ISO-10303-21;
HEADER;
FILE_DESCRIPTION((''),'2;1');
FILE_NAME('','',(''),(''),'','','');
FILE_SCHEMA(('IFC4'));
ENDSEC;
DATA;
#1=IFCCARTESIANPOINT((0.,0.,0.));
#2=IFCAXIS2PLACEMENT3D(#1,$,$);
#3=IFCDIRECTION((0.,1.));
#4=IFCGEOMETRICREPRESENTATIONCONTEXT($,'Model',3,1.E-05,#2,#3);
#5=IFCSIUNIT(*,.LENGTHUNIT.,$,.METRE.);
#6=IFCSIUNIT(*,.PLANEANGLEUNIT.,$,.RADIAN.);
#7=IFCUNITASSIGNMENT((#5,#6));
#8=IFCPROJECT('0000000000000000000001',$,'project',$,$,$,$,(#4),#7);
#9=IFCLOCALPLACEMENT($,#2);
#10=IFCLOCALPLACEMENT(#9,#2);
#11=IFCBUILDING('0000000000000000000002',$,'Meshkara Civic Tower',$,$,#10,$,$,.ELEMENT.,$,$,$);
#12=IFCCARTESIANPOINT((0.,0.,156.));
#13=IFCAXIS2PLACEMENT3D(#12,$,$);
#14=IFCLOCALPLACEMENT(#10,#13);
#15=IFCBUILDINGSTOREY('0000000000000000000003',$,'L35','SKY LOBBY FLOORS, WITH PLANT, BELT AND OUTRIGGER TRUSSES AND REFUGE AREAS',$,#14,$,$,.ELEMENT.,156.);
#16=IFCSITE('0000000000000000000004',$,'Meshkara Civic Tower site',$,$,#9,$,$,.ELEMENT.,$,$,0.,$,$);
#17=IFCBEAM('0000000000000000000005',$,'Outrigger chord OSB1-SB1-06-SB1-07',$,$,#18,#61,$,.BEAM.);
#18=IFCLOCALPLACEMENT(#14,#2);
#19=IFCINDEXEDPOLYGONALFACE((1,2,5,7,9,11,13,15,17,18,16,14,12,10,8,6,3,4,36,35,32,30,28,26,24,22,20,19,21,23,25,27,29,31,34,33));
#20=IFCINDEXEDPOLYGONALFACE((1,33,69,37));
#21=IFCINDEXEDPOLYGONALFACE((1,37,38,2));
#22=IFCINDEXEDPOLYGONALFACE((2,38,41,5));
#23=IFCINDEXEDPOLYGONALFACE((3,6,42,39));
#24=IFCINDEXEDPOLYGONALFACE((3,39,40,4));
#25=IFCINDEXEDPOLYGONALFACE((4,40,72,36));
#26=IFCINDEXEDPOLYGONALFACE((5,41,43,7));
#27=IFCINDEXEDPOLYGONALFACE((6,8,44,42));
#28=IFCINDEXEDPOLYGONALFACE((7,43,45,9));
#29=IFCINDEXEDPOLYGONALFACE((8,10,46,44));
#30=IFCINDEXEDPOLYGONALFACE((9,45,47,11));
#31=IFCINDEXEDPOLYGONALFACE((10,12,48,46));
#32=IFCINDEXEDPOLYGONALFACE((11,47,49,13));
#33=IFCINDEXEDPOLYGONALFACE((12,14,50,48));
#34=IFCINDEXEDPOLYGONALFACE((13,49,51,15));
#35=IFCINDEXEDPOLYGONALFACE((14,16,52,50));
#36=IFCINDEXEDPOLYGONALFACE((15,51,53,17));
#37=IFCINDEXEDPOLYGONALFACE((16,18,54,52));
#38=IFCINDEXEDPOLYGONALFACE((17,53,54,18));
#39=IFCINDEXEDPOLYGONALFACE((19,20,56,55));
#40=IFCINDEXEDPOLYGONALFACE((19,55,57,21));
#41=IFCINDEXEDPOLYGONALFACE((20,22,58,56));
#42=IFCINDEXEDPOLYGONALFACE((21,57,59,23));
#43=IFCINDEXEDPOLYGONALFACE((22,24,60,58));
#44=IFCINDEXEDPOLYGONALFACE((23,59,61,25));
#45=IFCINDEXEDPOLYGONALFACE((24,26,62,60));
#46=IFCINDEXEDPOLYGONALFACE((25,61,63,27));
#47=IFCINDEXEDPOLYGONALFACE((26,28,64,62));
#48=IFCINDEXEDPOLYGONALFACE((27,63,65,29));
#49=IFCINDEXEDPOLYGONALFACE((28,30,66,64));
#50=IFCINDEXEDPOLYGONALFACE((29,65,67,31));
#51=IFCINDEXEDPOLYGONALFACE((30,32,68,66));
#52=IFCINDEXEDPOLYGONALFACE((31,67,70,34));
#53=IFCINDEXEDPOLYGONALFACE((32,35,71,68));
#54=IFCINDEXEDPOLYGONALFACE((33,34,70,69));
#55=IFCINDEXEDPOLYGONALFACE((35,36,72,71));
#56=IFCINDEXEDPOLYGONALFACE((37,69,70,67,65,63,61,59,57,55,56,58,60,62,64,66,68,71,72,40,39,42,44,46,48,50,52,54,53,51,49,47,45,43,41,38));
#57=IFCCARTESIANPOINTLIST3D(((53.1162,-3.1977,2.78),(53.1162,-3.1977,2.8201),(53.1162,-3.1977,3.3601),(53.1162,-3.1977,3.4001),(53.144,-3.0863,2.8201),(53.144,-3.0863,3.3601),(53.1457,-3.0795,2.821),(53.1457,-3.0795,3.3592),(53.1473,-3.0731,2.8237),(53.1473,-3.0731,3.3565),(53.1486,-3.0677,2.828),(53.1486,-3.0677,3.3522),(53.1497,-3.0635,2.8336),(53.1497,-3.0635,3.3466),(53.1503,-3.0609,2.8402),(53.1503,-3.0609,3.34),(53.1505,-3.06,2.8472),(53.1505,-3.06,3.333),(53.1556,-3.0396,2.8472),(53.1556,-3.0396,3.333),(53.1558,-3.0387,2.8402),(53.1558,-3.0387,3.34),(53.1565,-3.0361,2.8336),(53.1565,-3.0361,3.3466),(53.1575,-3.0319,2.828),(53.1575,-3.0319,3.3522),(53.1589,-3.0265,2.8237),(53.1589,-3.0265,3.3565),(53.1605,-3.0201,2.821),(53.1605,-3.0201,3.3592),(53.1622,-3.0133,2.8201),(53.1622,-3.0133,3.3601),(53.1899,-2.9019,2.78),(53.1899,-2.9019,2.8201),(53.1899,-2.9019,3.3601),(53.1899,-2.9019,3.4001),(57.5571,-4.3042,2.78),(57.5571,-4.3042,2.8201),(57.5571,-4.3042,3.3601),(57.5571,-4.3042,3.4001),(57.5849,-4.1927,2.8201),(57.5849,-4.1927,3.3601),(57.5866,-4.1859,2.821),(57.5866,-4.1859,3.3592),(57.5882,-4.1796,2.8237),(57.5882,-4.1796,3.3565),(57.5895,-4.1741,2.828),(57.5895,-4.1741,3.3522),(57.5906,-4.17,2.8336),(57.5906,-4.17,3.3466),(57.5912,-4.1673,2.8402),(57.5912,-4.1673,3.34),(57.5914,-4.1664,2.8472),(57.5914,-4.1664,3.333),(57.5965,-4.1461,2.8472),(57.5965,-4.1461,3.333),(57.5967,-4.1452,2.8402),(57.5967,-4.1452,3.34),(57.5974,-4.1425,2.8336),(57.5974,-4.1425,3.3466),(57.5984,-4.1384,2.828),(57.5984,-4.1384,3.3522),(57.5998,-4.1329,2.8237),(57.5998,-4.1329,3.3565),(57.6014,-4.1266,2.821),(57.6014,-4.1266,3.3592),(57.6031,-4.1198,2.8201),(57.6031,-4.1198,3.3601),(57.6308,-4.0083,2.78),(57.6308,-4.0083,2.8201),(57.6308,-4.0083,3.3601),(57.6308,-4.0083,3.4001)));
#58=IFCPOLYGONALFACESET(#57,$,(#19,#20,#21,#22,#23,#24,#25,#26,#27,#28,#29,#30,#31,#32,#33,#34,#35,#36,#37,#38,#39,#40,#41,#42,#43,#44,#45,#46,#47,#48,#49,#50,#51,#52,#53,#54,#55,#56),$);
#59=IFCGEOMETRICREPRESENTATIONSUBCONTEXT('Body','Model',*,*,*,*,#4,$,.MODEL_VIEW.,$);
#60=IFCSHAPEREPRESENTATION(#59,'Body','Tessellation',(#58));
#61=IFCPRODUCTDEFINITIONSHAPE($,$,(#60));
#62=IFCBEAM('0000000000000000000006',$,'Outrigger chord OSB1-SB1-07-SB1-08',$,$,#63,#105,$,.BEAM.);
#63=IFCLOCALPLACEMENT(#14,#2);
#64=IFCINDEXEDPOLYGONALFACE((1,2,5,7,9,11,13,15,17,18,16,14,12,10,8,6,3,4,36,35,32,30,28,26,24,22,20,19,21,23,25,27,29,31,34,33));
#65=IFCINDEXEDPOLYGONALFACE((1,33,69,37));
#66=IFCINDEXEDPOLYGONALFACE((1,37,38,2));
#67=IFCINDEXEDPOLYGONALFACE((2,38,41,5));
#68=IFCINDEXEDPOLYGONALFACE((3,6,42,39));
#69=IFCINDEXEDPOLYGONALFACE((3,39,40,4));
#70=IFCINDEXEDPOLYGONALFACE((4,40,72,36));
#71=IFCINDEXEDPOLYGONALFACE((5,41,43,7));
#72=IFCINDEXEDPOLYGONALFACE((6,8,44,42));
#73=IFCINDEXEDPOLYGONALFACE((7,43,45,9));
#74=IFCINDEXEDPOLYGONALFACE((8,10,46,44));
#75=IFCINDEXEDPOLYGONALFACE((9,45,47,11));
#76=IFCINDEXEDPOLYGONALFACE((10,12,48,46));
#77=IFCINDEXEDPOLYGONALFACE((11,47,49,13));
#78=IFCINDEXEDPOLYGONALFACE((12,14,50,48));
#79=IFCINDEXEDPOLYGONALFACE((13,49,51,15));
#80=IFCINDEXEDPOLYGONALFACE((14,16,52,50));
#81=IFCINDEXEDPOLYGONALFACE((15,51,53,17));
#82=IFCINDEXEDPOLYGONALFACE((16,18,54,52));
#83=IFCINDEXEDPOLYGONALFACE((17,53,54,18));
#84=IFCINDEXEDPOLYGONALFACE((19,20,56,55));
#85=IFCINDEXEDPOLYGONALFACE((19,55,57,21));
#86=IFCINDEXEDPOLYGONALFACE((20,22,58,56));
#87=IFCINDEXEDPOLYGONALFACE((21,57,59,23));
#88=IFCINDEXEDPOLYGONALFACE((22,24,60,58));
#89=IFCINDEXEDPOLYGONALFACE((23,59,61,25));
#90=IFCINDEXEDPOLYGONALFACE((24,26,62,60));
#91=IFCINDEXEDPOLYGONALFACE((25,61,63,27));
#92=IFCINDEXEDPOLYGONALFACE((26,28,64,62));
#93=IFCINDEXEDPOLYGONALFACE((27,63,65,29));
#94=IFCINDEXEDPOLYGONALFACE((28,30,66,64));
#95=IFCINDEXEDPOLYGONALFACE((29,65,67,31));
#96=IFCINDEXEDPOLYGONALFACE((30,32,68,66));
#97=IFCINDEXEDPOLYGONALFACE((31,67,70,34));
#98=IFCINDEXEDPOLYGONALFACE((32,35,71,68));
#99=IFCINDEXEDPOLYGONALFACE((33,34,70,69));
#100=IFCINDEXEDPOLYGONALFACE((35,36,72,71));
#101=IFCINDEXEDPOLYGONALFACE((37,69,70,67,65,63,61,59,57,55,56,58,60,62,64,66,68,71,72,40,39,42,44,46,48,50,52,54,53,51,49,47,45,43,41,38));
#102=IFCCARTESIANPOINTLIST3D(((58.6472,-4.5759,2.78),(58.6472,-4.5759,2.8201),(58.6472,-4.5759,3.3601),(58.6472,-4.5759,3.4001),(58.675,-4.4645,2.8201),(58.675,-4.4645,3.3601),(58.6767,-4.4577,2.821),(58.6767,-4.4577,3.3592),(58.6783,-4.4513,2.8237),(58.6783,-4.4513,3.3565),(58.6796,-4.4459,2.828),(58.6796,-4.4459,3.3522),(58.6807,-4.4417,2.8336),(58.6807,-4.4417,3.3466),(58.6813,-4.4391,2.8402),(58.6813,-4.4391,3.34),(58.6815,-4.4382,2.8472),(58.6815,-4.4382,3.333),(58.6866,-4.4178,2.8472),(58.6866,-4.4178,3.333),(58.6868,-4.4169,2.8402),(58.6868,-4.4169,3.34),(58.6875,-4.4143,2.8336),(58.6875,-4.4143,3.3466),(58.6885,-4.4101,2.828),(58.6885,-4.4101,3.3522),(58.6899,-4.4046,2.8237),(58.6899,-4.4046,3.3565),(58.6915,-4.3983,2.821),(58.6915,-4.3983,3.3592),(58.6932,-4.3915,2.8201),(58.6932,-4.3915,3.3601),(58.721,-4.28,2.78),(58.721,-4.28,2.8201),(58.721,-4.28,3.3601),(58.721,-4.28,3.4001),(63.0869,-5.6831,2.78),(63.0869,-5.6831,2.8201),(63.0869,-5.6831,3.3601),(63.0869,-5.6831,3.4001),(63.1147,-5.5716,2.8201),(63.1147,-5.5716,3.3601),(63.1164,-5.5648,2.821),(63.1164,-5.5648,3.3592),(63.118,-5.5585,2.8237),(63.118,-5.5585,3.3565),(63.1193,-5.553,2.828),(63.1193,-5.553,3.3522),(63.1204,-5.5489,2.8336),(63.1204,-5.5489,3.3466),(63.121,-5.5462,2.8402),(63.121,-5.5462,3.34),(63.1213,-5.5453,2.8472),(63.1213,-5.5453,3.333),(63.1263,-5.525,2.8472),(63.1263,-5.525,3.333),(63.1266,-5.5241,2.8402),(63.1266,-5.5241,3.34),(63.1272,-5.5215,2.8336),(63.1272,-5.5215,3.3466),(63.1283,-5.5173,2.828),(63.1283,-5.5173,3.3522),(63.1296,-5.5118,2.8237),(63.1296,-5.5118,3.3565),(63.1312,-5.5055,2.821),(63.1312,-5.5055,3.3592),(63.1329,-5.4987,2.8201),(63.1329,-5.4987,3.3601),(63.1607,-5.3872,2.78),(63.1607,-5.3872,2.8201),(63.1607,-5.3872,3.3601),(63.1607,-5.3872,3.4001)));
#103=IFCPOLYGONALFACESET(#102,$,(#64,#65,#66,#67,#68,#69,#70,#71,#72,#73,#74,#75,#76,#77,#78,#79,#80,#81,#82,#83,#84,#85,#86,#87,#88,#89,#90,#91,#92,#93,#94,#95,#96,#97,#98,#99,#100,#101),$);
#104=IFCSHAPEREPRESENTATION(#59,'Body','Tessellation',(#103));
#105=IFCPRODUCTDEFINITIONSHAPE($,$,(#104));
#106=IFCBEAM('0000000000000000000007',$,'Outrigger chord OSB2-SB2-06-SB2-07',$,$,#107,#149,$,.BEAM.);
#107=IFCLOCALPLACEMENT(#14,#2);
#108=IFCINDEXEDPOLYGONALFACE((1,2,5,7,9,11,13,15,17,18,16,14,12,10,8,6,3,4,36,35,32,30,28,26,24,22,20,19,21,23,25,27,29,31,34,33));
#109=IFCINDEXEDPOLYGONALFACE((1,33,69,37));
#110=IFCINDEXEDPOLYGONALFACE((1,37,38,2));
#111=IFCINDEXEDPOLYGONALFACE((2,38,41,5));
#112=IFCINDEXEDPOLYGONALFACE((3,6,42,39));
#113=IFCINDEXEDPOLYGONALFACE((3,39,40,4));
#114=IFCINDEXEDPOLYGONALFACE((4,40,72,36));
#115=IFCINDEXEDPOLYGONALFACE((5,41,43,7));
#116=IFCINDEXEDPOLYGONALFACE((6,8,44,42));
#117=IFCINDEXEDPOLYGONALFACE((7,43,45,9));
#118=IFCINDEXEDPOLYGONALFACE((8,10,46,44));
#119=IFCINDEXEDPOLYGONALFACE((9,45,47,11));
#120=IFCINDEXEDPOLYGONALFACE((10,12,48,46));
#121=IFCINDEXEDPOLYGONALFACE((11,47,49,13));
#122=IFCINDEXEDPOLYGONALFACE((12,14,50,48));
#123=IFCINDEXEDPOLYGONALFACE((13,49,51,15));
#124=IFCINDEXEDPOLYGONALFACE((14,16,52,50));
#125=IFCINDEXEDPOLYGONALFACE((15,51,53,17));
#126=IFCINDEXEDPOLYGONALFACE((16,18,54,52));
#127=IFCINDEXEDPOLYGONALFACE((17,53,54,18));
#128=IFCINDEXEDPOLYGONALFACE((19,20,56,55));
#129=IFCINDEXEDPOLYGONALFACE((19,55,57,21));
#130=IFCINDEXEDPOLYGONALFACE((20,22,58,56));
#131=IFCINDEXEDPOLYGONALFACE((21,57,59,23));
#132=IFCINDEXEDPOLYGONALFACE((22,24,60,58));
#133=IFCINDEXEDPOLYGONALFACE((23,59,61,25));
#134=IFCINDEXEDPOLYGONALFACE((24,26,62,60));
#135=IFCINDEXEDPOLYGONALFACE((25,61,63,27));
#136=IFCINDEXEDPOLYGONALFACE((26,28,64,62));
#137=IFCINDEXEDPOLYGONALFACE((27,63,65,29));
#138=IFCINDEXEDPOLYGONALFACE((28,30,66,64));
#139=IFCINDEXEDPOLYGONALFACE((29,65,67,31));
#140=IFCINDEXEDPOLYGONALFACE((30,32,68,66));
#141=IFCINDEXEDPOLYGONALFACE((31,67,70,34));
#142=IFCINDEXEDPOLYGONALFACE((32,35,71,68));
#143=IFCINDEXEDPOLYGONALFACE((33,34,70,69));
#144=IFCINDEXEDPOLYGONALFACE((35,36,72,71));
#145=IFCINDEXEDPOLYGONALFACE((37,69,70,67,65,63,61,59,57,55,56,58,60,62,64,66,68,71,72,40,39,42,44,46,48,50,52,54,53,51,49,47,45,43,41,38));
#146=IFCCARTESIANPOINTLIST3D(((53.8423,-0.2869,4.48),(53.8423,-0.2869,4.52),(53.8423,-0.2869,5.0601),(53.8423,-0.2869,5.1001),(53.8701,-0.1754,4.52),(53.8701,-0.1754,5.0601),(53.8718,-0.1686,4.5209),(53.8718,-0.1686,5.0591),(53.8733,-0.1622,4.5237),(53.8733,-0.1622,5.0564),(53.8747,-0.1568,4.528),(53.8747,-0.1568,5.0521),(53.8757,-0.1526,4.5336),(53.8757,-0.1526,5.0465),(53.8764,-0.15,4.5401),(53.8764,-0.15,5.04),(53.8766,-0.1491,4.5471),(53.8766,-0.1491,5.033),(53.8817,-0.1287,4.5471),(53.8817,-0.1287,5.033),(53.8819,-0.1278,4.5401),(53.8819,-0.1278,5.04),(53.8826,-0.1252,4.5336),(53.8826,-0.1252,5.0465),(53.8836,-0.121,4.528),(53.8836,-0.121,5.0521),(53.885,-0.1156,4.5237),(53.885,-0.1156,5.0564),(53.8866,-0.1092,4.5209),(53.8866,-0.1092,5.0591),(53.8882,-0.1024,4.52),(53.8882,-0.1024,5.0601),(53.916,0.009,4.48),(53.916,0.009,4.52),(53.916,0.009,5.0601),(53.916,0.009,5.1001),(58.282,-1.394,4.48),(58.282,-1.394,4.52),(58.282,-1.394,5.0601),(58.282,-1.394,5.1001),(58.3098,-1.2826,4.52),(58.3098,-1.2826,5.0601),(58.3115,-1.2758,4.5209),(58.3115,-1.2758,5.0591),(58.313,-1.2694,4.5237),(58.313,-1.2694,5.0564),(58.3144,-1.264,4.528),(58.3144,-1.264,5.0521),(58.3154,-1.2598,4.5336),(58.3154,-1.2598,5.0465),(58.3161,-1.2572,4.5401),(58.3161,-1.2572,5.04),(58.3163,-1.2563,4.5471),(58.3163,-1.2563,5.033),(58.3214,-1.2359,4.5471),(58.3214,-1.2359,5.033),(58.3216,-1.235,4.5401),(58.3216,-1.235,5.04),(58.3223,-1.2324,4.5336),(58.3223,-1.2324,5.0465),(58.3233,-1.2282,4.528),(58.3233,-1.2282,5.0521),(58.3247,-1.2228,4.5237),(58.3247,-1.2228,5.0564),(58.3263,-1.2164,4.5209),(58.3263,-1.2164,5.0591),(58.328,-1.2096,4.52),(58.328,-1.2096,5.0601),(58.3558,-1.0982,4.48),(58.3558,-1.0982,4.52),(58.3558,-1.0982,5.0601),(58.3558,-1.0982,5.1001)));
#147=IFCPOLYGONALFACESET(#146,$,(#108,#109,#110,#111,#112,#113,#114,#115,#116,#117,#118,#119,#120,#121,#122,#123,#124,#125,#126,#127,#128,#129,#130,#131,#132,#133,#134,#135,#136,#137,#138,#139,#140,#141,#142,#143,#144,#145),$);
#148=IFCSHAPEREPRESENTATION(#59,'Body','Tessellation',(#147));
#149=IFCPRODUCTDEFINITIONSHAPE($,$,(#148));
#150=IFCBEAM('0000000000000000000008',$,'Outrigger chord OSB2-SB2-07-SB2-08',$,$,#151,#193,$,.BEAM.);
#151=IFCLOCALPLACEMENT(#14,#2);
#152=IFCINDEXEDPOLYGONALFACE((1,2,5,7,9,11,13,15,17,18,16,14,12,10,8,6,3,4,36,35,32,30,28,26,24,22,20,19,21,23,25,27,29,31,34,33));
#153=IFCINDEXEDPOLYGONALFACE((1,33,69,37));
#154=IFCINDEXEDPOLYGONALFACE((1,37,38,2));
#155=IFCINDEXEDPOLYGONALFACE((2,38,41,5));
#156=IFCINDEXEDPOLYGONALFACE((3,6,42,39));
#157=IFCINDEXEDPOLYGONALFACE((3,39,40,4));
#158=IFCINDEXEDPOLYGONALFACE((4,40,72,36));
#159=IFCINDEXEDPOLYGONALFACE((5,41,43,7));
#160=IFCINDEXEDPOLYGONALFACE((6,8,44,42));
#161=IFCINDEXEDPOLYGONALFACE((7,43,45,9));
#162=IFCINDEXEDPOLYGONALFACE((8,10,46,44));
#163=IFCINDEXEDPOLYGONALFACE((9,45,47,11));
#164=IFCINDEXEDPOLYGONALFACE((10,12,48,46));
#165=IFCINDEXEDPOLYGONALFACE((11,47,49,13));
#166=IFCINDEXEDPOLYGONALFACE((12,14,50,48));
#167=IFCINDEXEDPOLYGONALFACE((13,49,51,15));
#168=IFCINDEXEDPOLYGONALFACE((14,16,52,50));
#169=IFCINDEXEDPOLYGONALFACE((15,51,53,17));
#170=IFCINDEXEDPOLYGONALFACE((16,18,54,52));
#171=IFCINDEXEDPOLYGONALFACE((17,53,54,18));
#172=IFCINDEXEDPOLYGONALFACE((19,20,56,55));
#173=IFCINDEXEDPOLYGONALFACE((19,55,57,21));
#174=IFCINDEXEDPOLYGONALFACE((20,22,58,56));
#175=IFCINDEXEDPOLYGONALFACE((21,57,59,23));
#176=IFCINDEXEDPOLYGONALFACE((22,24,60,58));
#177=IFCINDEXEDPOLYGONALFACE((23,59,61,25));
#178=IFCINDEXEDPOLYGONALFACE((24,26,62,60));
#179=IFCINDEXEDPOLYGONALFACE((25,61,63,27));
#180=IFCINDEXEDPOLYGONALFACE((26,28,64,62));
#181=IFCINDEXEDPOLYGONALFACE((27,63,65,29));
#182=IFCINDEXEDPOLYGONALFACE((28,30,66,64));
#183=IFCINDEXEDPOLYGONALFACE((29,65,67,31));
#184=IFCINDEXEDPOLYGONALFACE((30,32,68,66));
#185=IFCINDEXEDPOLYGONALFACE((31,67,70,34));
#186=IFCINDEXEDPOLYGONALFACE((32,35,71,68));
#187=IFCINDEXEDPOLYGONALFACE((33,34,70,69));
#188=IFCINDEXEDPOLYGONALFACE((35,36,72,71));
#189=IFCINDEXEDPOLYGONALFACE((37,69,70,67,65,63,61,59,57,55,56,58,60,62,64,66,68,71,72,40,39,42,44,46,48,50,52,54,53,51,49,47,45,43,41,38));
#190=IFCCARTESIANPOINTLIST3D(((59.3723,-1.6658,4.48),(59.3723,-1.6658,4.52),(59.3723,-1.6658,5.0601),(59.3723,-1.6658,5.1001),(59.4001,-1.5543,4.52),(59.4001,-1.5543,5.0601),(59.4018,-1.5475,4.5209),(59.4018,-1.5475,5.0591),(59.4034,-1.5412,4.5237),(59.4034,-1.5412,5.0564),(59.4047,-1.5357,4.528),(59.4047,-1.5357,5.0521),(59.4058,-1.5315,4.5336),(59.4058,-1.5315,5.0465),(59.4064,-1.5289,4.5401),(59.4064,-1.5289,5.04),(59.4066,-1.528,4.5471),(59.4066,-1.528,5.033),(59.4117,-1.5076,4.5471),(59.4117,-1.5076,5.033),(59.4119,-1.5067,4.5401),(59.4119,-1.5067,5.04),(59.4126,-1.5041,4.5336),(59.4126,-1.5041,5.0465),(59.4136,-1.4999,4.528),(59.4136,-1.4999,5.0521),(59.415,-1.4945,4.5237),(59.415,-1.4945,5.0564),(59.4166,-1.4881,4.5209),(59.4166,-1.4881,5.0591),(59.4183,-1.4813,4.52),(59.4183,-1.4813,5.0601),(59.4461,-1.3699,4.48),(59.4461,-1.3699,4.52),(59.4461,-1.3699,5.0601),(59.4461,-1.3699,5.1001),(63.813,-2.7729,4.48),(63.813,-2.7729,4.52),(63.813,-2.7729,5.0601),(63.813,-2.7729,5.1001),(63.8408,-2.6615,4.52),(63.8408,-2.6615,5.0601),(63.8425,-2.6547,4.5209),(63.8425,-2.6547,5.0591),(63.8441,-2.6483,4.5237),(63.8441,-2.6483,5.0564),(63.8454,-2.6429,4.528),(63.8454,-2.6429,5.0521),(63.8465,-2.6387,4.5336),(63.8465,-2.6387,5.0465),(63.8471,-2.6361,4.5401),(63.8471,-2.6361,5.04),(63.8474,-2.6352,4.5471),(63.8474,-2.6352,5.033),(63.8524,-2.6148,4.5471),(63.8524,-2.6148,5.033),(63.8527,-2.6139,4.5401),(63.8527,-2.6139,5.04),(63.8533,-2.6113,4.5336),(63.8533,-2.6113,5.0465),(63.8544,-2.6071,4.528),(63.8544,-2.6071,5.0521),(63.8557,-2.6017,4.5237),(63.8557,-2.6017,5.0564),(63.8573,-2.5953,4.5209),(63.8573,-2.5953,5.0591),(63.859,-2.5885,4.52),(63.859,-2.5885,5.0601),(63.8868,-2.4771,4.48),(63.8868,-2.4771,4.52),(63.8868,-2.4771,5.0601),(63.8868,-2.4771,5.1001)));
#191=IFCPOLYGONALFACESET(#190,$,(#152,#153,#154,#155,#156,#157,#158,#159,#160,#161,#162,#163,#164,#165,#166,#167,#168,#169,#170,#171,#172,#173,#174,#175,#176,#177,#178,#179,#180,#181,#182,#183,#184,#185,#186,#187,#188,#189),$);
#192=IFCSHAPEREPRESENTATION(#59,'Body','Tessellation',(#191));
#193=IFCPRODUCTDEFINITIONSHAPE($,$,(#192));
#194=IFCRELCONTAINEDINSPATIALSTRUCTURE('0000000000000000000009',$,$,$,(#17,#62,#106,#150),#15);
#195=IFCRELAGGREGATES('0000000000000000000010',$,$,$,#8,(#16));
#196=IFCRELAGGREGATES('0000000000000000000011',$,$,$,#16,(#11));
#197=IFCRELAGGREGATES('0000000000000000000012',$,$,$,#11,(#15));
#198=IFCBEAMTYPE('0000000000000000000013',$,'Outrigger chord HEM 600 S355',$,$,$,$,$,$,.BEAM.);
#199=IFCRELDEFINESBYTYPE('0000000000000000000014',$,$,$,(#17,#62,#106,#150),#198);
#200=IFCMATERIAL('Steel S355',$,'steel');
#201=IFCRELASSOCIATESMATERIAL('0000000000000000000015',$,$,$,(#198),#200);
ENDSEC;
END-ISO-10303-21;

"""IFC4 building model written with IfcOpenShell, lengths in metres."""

from ifc_helpers import new_model, si_unit, direction, frame, origin, origin_2d, place, context, subcontext, project, spatial, i_section, extrude, material, material_profile, profile_set, type_object, element, save


model = new_model("IFC4")

# Units and contexts
model_context = context("Model", 3, precision=1e-05, world=origin(), true_north=direction((0.0, 1.0)))
body_context = subcontext(model_context, "Body", "Model", "MODEL_VIEW")
ifc_project = project(units=[si_unit("LENGTHUNIT", "METRE"), si_unit("PLANEANGLEUNIT", "RADIAN")], contexts=[model_context])

# Site, building, storey
site_placement = place(None, origin())
site = spatial("IfcSite", under=ifc_project, at=site_placement, Name="Meshkara Civic Tower site", CompositionType="ELEMENT", RefElevation=0.0)
building_placement = place(site_placement, origin())
building = spatial("IfcBuilding", under=site, at=building_placement, Name="Meshkara Civic Tower", CompositionType="ELEMENT")
storey_placement = place(building_placement, frame((0.0, 0.0, 156.0)))
storey = spatial("IfcBuildingStorey", under=building, at=storey_placement, Name="L35", Description="SKY LOBBY FLOORS, WITH PLANT, BELT AND OUTRIGGER TRUSSES AND REFUGE AREAS", CompositionType="ELEMENT", Elevation=156.0)

# Beams
ifc_material_1 = material(Name="Steel S355", Category="steel")
ifc_material_profile_1 = material_profile(ifc_material_1, i_section(OverallWidth=0.3049, OverallDepth=0.6201, WebThickness=0.021, FlangeThickness=0.04, FilletRadius=0.0271, at=origin_2d()))
ifc_profile_set_1 = profile_set([ifc_material_profile_1], Name="Steel S355")
beam_type = type_object("IfcBeamType", Name="Outrigger chord HEM 600 S355", PredefinedType="BEAM", material=ifc_profile_set_1)
for number, where, z_axis, x_axis, name in (
    (1, (53.1531, -3.0498, 3.0901), (0.970337, -0.241757, 0.0), (0.241757, 0.970337, 0.0), "Outrigger chord OSB1-SB1-06-SB1-07"),
):
    element("IfcBeam", number, at=place(storey_placement, frame(where, z_axis=z_axis, x_axis=x_axis)), inside=storey, type_object=beam_type, Name=name, PredefinedType="BEAM", context=body_context, shape_type="SweptSolid", body=[
        extrude(i_section(OverallWidth=0.3049, OverallDepth=0.6201, WebThickness=0.021, FlangeThickness=0.04, FilletRadius=0.0271, at=origin_2d()), origin(), (0.0, 0.0, 1.0), 4.5767),
    ])
for number, where, z_axis, x_axis, name in (
    (2, (58.6841, -4.428, 3.0901), (0.970284, -0.241971, 0.0), (0.241971, 0.970284, 0.0), "Outrigger chord OSB1-SB1-07-SB1-08"),
    (3, (53.8792, -0.1389, 4.79), (0.970284, -0.241971, 0.0), (0.241971, 0.970284, 0.0), "Outrigger chord OSB2-SB2-06-SB2-07"),
):
    element("IfcBeam", number, at=place(storey_placement, frame(where, z_axis=z_axis, x_axis=x_axis)), inside=storey, type_object=beam_type, Name=name, PredefinedType="BEAM", context=body_context, shape_type="SweptSolid", body=[
        extrude(i_section(OverallWidth=0.3049, OverallDepth=0.6201, WebThickness=0.021, FlangeThickness=0.04, FilletRadius=0.0271, at=origin_2d()), origin(), (0.0, 0.0, 1.0), 4.5757),
    ])
for number, where, z_axis, x_axis, name in (
    (4, (59.4092, -1.5178, 4.79), (0.970296, -0.241921, 0.0), (0.241921, 0.970296, 0.0), "Outrigger chord OSB2-SB2-07-SB2-08"),
):
    element("IfcBeam", number, at=place(storey_placement, frame(where, z_axis=z_axis, x_axis=x_axis)), inside=storey, type_object=beam_type, Name=name, PredefinedType="BEAM", context=body_context, shape_type="SweptSolid", body=[
        extrude(i_section(OverallWidth=0.3049, OverallDepth=0.6201, WebThickness=0.021, FlangeThickness=0.04, FilletRadius=0.0271, at=origin_2d()), origin(), (0.0, 0.0, 1.0), 4.5767),
    ])

save(model, "model.ifc")
